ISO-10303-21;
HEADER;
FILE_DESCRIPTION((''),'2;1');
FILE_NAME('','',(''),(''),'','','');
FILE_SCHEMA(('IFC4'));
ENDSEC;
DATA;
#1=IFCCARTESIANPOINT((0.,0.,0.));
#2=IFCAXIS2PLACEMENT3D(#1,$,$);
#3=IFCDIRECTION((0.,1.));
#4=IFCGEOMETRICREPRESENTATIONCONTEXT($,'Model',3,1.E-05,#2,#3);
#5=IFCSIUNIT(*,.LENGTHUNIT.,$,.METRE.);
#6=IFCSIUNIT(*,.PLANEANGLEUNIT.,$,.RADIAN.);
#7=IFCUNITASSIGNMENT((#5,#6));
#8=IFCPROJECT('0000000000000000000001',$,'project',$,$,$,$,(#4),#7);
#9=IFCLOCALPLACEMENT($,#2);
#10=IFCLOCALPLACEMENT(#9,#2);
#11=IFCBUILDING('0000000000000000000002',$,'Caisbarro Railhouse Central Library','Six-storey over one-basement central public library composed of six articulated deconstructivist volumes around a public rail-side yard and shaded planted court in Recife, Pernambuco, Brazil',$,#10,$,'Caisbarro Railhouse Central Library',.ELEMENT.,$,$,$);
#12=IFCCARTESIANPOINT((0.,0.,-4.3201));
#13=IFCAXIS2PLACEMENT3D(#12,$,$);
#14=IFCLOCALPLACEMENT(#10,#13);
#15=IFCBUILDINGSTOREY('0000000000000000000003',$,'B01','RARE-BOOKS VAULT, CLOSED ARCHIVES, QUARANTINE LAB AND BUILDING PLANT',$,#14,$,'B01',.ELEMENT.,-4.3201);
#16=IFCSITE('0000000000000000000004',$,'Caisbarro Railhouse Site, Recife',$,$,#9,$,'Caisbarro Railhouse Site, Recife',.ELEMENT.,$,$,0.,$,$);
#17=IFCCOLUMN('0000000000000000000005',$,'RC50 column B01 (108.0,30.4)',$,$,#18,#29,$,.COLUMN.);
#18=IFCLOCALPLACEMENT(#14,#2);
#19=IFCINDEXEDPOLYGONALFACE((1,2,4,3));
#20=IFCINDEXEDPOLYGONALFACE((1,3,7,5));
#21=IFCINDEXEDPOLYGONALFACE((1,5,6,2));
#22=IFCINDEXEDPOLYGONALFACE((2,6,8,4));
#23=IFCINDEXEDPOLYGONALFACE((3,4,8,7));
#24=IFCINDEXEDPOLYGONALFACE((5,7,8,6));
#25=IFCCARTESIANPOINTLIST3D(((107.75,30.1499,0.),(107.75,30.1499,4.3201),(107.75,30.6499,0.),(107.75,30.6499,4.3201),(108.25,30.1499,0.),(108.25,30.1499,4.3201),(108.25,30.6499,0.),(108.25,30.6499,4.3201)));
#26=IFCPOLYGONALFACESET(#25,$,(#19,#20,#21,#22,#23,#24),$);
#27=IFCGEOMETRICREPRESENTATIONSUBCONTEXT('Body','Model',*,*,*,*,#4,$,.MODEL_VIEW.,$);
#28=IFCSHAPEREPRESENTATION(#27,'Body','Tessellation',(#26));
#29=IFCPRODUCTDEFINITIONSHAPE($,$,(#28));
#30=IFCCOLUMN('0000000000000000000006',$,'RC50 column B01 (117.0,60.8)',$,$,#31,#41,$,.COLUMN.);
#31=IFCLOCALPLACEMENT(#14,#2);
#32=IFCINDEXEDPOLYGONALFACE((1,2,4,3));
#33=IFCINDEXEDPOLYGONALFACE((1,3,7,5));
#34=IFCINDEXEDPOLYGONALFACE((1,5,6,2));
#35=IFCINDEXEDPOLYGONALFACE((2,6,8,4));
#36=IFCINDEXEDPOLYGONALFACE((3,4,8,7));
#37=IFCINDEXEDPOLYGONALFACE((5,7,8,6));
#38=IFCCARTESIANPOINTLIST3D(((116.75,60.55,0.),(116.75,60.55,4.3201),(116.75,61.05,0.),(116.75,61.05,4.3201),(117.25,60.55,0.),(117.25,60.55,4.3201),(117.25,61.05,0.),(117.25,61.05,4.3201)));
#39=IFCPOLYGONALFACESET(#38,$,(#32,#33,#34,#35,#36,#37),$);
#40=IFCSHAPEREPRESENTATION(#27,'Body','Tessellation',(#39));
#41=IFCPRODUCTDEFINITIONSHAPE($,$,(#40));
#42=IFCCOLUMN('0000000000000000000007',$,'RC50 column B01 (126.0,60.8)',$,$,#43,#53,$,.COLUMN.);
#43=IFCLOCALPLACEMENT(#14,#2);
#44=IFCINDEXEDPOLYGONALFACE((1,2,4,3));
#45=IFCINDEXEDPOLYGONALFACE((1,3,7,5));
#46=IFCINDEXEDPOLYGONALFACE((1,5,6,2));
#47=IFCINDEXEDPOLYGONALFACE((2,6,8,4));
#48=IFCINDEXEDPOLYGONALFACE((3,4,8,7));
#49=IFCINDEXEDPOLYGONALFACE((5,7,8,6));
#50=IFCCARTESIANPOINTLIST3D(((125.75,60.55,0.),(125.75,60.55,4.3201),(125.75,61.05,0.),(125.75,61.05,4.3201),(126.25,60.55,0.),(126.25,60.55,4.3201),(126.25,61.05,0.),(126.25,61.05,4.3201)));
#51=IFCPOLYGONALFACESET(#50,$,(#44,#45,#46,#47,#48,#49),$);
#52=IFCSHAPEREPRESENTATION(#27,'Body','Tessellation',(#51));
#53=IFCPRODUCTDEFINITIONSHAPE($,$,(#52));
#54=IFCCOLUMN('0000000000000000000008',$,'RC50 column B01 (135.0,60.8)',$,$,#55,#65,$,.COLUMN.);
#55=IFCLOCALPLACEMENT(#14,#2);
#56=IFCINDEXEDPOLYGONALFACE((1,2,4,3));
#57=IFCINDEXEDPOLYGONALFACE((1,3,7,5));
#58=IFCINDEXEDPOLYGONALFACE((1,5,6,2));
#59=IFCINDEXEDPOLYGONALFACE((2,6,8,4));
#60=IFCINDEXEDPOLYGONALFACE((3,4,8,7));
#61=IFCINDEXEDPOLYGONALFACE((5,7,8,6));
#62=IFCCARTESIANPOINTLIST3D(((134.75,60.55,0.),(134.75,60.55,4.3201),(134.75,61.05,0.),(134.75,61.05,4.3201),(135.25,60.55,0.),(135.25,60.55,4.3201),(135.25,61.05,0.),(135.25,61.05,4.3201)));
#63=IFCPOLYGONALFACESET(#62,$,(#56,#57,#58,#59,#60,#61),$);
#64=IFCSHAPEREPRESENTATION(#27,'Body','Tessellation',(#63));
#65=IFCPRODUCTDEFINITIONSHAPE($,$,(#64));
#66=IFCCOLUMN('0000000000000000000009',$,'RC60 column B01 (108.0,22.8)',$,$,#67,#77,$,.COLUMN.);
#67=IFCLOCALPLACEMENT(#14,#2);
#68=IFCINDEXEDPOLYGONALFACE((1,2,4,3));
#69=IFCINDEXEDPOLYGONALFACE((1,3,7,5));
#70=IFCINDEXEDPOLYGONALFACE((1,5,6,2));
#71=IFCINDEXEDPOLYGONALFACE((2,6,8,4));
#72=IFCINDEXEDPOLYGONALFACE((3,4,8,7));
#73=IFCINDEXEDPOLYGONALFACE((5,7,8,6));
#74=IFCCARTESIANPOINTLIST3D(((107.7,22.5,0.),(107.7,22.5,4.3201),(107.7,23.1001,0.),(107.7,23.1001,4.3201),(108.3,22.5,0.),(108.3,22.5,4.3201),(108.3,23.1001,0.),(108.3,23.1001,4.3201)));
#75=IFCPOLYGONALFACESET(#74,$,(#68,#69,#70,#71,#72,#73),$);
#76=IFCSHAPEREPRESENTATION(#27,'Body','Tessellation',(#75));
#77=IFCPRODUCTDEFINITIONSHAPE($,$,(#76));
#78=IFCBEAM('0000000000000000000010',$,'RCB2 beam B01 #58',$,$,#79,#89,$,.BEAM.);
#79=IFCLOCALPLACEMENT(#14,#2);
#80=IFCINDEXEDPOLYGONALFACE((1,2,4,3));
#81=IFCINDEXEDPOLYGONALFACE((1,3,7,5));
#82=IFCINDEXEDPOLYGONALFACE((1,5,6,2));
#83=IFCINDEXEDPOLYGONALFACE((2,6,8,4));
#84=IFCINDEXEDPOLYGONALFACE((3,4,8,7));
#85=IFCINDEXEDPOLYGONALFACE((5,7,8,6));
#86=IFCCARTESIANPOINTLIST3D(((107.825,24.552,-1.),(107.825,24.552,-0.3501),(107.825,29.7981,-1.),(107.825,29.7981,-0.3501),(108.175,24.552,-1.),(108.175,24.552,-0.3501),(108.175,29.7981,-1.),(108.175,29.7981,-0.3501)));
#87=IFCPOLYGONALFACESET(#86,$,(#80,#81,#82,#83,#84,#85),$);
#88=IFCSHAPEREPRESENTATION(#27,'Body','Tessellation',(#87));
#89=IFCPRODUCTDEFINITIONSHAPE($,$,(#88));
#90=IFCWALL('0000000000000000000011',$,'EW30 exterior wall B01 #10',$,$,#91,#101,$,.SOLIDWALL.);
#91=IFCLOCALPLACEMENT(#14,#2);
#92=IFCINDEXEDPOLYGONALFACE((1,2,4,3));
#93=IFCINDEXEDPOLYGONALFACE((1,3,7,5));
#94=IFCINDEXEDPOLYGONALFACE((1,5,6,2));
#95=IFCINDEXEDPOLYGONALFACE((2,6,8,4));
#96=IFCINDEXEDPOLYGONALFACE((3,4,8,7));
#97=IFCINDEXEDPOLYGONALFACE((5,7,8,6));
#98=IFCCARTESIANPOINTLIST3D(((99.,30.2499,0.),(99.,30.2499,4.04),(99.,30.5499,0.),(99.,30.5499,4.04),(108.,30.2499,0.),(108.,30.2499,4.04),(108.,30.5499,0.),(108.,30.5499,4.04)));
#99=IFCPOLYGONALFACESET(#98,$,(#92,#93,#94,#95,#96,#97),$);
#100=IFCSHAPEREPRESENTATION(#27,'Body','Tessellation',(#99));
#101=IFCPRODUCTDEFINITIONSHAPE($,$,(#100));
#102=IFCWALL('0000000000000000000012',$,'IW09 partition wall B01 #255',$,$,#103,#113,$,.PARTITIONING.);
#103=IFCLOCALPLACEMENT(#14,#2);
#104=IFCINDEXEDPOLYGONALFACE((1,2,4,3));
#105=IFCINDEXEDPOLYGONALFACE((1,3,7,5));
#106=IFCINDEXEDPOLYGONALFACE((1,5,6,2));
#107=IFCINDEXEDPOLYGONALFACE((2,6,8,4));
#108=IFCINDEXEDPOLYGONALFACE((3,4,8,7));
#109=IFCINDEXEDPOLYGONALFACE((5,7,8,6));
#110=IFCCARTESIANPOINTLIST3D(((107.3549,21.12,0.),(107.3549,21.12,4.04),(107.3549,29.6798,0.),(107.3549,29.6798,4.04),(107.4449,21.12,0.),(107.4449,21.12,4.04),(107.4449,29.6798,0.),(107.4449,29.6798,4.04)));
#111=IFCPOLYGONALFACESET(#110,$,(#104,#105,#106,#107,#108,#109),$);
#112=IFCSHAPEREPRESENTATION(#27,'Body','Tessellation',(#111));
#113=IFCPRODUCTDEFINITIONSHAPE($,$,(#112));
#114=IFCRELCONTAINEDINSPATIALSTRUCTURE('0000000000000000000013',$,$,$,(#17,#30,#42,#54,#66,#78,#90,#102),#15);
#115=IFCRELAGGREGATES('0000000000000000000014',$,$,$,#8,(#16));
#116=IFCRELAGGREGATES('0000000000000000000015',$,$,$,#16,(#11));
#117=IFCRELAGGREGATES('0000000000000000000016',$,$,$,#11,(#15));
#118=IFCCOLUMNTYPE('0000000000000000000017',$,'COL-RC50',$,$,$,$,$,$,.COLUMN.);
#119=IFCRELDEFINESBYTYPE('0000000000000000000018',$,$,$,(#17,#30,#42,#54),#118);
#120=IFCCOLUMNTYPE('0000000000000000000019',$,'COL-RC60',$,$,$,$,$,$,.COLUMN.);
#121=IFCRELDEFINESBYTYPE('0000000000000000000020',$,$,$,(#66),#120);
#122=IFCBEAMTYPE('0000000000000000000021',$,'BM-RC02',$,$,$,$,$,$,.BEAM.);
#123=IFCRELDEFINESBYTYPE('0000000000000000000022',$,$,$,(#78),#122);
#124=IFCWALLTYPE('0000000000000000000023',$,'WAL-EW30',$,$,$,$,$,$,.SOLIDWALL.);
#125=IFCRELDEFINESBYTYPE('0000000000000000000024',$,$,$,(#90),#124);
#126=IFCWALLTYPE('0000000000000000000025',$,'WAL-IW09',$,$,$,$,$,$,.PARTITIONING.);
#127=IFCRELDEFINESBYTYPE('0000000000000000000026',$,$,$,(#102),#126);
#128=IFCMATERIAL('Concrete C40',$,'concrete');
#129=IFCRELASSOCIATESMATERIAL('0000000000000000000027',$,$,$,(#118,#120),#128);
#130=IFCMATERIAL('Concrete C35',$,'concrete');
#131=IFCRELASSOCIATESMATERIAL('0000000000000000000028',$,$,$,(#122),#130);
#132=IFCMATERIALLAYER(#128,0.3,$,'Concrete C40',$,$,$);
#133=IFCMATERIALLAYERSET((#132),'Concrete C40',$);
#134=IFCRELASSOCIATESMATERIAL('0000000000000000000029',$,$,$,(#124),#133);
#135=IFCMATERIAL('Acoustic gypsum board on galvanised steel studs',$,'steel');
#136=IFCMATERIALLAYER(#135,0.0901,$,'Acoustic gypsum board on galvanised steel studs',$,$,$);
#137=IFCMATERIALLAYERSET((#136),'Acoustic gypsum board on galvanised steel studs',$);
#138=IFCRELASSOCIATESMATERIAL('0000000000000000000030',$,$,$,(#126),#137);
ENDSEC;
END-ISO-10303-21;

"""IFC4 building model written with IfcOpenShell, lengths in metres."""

from ifc_helpers import new_model, si_unit, direction, frame, frame_2d, origin, origin_2d, place, context, subcontext, project, spatial, rectangle, extrude, material, layer, layer_set, material_profile, profile_set, type_object, element, save


model = new_model("IFC4")

# Units and contexts
model_context = context("Model", 3, precision=1e-05, world=origin(), true_north=direction((0.0, 1.0)))
body_context = subcontext(model_context, "Body", "Model", "MODEL_VIEW")
ifc_project = project(units=[si_unit("LENGTHUNIT", "METRE"), si_unit("PLANEANGLEUNIT", "RADIAN")], contexts=[model_context])

# Site, building, storey
site_placement = place(None, origin())
site = spatial("IfcSite", under=ifc_project, at=site_placement, Name="Caisbarro Railhouse Site, Recife", LongName="Caisbarro Railhouse Site, Recife", CompositionType="ELEMENT", RefElevation=0.0)
building_placement = place(site_placement, origin())
building = spatial("IfcBuilding", under=site, at=building_placement, Name="Caisbarro Railhouse Central Library", Description="Six-storey over one-basement central public library composed of six articulated deconstructivist volumes around a public rail-side yard and shaded planted court in Recife, Pernambuco, Brazil", LongName="Caisbarro Railhouse Central Library", CompositionType="ELEMENT")
storey_placement = place(building_placement, frame((0.0, 0.0, -4.3201)))
storey = spatial("IfcBuildingStorey", under=building, at=storey_placement, Name="B01", Description="RARE-BOOKS VAULT, CLOSED ARCHIVES, QUARANTINE LAB AND BUILDING PLANT", LongName="B01", CompositionType="ELEMENT", Elevation=-4.3201)

# Shared definitions
ifc_material_1 = material(Name="Concrete C35", Category="concrete")
ifc_material_2 = material(Name="Concrete C40", Category="concrete")

# Columns
ifc_material_profile_1 = material_profile(ifc_material_2, rectangle(XDim=0.5, YDim=0.5, at=origin_2d()), Name="RC-COL-500X500")
ifc_profile_set_1 = profile_set([ifc_material_profile_1], Name="Concrete C40")
column_type_1 = type_object("IfcColumnType", Name="COL-RC50", PredefinedType="COLUMN", material=ifc_profile_set_1)
for number, where, z_axis, x_axis, name in (
    (1, (108.0, 30.3999, 0.0), (0.0, 0.0, 1.0), (1.0, 0.0, 0.0), "RC50 column B01 (108.0,30.4)"),
    (2, (117.0, 60.8, 0.0), (0.0, 0.0, 1.0), (1.0, 0.0, 0.0), "RC50 column B01 (117.0,60.8)"),
    (3, (126.0, 60.8, 0.0), (0.0, 0.0, 1.0), (1.0, 0.0, 0.0), "RC50 column B01 (126.0,60.8)"),
    (4, (135.0, 60.8, 0.0), (0.0, 0.0, 1.0), (1.0, 0.0, 0.0), "RC50 column B01 (135.0,60.8)"),
):
    element("IfcColumn", number, at=place(storey_placement, frame(where, z_axis=z_axis, x_axis=x_axis)), inside=storey, type_object=column_type_1, Name=name, PredefinedType="COLUMN", context=body_context, shape_type="SweptSolid", body=[
        extrude(rectangle(XDim=0.5, YDim=0.5, at=origin_2d()), origin(), (0.0, 0.0, 1.0), 4.3201),
    ])
ifc_material_profile_2 = material_profile(ifc_material_2, rectangle(XDim=0.6001, YDim=0.6001, at=origin_2d()), Name="RC-COL-600X600")
ifc_profile_set_2 = profile_set([ifc_material_profile_2], Name="Concrete C40")
column_type_2 = type_object("IfcColumnType", Name="COL-RC60", PredefinedType="COLUMN", material=ifc_profile_set_2)
column_placement = place(storey_placement, frame((108.0, 22.8, 0.0), z_axis=(0.0, 0.0, 1.0), x_axis=(1.0, 0.0, 0.0)))
element("IfcColumn", 5, at=column_placement, inside=storey, type_object=column_type_2, Name="RC60 column B01 (108.0,22.8)", PredefinedType="COLUMN", context=body_context, shape_type="SweptSolid", body=[
    extrude(rectangle(XDim=0.6001, YDim=0.6001, at=origin_2d()), origin(), (0.0, 0.0, 1.0), 4.3201),
])

# Beam
ifc_material_profile_3 = material_profile(ifc_material_1, rectangle(XDim=0.3501, YDim=0.6499, at=origin_2d()), Name="RC-BM-350X650")
ifc_profile_set_3 = profile_set([ifc_material_profile_3], Name="Concrete C35")
beam_type = type_object("IfcBeamType", Name="BM-RC02", PredefinedType="BEAM", material=ifc_profile_set_3)
beam_placement = place(storey_placement, frame((108.0, 24.552, -0.675), z_axis=(0.0, 1.0, 0.0), x_axis=(-1.0, 0.0, 0.0)))
element("IfcBeam", 6, at=beam_placement, inside=storey, type_object=beam_type, Name="RCB2 beam B01 #58", PredefinedType="BEAM", context=body_context, shape_type="SweptSolid", body=[
    extrude(rectangle(XDim=0.3501, YDim=0.6499, at=origin_2d()), origin(), (0.0, 0.0, 1.0), 5.2461),
])

# Walls
ifc_layer_1 = layer(ifc_material_2, 0.3, Name="Concrete C40")
ifc_layer_set_1 = layer_set([ifc_layer_1], Name="Concrete C40")
wall_type_1 = type_object("IfcWallType", Name="WAL-EW30", PredefinedType="SOLIDWALL", material=ifc_layer_set_1)
wall_1_placement = place(storey_placement, frame((108.0, 30.3999, 0.0), z_axis=(0.0, 0.0, 1.0), x_axis=(-1.0, 0.0, 0.0)))
element("IfcWall", 7, at=wall_1_placement, inside=storey, type_object=wall_type_1, Name="EW30 exterior wall B01 #10", PredefinedType="SOLIDWALL", context=body_context, shape_type="SweptSolid", body=[
    extrude(rectangle(XDim=9.0, YDim=0.3, at=frame_2d((4.5, 0.0))), origin(), (0.0, 0.0, 1.0), 4.04),
])
ifc_material_3 = material(Name="Acoustic gypsum board on galvanised steel studs", Category="steel")
ifc_layer_2 = layer(ifc_material_3, 0.0901, Name="Acoustic gypsum board on galvanised steel studs")
ifc_layer_set_2 = layer_set([ifc_layer_2], Name="Acoustic gypsum board on galvanised steel studs")
wall_type_2 = type_object("IfcWallType", Name="WAL-IW09", PredefinedType="PARTITIONING", material=ifc_layer_set_2)
wall_2_placement = place(storey_placement, frame((107.3999, 21.1201, 0.0), z_axis=(0.0, 0.0, 1.0), x_axis=(0.0, 1.0, 0.0)))
element("IfcWall", 8, at=wall_2_placement, inside=storey, type_object=wall_type_2, Name="IW09 partition wall B01 #255", PredefinedType="PARTITIONING", context=body_context, shape_type="SweptSolid", body=[
    extrude(rectangle(XDim=8.5598, YDim=0.0901, at=frame_2d((4.2798, 0.0))), origin(), (0.0, 0.0, 1.0), 4.04),
])

save(model, "model.ifc")
